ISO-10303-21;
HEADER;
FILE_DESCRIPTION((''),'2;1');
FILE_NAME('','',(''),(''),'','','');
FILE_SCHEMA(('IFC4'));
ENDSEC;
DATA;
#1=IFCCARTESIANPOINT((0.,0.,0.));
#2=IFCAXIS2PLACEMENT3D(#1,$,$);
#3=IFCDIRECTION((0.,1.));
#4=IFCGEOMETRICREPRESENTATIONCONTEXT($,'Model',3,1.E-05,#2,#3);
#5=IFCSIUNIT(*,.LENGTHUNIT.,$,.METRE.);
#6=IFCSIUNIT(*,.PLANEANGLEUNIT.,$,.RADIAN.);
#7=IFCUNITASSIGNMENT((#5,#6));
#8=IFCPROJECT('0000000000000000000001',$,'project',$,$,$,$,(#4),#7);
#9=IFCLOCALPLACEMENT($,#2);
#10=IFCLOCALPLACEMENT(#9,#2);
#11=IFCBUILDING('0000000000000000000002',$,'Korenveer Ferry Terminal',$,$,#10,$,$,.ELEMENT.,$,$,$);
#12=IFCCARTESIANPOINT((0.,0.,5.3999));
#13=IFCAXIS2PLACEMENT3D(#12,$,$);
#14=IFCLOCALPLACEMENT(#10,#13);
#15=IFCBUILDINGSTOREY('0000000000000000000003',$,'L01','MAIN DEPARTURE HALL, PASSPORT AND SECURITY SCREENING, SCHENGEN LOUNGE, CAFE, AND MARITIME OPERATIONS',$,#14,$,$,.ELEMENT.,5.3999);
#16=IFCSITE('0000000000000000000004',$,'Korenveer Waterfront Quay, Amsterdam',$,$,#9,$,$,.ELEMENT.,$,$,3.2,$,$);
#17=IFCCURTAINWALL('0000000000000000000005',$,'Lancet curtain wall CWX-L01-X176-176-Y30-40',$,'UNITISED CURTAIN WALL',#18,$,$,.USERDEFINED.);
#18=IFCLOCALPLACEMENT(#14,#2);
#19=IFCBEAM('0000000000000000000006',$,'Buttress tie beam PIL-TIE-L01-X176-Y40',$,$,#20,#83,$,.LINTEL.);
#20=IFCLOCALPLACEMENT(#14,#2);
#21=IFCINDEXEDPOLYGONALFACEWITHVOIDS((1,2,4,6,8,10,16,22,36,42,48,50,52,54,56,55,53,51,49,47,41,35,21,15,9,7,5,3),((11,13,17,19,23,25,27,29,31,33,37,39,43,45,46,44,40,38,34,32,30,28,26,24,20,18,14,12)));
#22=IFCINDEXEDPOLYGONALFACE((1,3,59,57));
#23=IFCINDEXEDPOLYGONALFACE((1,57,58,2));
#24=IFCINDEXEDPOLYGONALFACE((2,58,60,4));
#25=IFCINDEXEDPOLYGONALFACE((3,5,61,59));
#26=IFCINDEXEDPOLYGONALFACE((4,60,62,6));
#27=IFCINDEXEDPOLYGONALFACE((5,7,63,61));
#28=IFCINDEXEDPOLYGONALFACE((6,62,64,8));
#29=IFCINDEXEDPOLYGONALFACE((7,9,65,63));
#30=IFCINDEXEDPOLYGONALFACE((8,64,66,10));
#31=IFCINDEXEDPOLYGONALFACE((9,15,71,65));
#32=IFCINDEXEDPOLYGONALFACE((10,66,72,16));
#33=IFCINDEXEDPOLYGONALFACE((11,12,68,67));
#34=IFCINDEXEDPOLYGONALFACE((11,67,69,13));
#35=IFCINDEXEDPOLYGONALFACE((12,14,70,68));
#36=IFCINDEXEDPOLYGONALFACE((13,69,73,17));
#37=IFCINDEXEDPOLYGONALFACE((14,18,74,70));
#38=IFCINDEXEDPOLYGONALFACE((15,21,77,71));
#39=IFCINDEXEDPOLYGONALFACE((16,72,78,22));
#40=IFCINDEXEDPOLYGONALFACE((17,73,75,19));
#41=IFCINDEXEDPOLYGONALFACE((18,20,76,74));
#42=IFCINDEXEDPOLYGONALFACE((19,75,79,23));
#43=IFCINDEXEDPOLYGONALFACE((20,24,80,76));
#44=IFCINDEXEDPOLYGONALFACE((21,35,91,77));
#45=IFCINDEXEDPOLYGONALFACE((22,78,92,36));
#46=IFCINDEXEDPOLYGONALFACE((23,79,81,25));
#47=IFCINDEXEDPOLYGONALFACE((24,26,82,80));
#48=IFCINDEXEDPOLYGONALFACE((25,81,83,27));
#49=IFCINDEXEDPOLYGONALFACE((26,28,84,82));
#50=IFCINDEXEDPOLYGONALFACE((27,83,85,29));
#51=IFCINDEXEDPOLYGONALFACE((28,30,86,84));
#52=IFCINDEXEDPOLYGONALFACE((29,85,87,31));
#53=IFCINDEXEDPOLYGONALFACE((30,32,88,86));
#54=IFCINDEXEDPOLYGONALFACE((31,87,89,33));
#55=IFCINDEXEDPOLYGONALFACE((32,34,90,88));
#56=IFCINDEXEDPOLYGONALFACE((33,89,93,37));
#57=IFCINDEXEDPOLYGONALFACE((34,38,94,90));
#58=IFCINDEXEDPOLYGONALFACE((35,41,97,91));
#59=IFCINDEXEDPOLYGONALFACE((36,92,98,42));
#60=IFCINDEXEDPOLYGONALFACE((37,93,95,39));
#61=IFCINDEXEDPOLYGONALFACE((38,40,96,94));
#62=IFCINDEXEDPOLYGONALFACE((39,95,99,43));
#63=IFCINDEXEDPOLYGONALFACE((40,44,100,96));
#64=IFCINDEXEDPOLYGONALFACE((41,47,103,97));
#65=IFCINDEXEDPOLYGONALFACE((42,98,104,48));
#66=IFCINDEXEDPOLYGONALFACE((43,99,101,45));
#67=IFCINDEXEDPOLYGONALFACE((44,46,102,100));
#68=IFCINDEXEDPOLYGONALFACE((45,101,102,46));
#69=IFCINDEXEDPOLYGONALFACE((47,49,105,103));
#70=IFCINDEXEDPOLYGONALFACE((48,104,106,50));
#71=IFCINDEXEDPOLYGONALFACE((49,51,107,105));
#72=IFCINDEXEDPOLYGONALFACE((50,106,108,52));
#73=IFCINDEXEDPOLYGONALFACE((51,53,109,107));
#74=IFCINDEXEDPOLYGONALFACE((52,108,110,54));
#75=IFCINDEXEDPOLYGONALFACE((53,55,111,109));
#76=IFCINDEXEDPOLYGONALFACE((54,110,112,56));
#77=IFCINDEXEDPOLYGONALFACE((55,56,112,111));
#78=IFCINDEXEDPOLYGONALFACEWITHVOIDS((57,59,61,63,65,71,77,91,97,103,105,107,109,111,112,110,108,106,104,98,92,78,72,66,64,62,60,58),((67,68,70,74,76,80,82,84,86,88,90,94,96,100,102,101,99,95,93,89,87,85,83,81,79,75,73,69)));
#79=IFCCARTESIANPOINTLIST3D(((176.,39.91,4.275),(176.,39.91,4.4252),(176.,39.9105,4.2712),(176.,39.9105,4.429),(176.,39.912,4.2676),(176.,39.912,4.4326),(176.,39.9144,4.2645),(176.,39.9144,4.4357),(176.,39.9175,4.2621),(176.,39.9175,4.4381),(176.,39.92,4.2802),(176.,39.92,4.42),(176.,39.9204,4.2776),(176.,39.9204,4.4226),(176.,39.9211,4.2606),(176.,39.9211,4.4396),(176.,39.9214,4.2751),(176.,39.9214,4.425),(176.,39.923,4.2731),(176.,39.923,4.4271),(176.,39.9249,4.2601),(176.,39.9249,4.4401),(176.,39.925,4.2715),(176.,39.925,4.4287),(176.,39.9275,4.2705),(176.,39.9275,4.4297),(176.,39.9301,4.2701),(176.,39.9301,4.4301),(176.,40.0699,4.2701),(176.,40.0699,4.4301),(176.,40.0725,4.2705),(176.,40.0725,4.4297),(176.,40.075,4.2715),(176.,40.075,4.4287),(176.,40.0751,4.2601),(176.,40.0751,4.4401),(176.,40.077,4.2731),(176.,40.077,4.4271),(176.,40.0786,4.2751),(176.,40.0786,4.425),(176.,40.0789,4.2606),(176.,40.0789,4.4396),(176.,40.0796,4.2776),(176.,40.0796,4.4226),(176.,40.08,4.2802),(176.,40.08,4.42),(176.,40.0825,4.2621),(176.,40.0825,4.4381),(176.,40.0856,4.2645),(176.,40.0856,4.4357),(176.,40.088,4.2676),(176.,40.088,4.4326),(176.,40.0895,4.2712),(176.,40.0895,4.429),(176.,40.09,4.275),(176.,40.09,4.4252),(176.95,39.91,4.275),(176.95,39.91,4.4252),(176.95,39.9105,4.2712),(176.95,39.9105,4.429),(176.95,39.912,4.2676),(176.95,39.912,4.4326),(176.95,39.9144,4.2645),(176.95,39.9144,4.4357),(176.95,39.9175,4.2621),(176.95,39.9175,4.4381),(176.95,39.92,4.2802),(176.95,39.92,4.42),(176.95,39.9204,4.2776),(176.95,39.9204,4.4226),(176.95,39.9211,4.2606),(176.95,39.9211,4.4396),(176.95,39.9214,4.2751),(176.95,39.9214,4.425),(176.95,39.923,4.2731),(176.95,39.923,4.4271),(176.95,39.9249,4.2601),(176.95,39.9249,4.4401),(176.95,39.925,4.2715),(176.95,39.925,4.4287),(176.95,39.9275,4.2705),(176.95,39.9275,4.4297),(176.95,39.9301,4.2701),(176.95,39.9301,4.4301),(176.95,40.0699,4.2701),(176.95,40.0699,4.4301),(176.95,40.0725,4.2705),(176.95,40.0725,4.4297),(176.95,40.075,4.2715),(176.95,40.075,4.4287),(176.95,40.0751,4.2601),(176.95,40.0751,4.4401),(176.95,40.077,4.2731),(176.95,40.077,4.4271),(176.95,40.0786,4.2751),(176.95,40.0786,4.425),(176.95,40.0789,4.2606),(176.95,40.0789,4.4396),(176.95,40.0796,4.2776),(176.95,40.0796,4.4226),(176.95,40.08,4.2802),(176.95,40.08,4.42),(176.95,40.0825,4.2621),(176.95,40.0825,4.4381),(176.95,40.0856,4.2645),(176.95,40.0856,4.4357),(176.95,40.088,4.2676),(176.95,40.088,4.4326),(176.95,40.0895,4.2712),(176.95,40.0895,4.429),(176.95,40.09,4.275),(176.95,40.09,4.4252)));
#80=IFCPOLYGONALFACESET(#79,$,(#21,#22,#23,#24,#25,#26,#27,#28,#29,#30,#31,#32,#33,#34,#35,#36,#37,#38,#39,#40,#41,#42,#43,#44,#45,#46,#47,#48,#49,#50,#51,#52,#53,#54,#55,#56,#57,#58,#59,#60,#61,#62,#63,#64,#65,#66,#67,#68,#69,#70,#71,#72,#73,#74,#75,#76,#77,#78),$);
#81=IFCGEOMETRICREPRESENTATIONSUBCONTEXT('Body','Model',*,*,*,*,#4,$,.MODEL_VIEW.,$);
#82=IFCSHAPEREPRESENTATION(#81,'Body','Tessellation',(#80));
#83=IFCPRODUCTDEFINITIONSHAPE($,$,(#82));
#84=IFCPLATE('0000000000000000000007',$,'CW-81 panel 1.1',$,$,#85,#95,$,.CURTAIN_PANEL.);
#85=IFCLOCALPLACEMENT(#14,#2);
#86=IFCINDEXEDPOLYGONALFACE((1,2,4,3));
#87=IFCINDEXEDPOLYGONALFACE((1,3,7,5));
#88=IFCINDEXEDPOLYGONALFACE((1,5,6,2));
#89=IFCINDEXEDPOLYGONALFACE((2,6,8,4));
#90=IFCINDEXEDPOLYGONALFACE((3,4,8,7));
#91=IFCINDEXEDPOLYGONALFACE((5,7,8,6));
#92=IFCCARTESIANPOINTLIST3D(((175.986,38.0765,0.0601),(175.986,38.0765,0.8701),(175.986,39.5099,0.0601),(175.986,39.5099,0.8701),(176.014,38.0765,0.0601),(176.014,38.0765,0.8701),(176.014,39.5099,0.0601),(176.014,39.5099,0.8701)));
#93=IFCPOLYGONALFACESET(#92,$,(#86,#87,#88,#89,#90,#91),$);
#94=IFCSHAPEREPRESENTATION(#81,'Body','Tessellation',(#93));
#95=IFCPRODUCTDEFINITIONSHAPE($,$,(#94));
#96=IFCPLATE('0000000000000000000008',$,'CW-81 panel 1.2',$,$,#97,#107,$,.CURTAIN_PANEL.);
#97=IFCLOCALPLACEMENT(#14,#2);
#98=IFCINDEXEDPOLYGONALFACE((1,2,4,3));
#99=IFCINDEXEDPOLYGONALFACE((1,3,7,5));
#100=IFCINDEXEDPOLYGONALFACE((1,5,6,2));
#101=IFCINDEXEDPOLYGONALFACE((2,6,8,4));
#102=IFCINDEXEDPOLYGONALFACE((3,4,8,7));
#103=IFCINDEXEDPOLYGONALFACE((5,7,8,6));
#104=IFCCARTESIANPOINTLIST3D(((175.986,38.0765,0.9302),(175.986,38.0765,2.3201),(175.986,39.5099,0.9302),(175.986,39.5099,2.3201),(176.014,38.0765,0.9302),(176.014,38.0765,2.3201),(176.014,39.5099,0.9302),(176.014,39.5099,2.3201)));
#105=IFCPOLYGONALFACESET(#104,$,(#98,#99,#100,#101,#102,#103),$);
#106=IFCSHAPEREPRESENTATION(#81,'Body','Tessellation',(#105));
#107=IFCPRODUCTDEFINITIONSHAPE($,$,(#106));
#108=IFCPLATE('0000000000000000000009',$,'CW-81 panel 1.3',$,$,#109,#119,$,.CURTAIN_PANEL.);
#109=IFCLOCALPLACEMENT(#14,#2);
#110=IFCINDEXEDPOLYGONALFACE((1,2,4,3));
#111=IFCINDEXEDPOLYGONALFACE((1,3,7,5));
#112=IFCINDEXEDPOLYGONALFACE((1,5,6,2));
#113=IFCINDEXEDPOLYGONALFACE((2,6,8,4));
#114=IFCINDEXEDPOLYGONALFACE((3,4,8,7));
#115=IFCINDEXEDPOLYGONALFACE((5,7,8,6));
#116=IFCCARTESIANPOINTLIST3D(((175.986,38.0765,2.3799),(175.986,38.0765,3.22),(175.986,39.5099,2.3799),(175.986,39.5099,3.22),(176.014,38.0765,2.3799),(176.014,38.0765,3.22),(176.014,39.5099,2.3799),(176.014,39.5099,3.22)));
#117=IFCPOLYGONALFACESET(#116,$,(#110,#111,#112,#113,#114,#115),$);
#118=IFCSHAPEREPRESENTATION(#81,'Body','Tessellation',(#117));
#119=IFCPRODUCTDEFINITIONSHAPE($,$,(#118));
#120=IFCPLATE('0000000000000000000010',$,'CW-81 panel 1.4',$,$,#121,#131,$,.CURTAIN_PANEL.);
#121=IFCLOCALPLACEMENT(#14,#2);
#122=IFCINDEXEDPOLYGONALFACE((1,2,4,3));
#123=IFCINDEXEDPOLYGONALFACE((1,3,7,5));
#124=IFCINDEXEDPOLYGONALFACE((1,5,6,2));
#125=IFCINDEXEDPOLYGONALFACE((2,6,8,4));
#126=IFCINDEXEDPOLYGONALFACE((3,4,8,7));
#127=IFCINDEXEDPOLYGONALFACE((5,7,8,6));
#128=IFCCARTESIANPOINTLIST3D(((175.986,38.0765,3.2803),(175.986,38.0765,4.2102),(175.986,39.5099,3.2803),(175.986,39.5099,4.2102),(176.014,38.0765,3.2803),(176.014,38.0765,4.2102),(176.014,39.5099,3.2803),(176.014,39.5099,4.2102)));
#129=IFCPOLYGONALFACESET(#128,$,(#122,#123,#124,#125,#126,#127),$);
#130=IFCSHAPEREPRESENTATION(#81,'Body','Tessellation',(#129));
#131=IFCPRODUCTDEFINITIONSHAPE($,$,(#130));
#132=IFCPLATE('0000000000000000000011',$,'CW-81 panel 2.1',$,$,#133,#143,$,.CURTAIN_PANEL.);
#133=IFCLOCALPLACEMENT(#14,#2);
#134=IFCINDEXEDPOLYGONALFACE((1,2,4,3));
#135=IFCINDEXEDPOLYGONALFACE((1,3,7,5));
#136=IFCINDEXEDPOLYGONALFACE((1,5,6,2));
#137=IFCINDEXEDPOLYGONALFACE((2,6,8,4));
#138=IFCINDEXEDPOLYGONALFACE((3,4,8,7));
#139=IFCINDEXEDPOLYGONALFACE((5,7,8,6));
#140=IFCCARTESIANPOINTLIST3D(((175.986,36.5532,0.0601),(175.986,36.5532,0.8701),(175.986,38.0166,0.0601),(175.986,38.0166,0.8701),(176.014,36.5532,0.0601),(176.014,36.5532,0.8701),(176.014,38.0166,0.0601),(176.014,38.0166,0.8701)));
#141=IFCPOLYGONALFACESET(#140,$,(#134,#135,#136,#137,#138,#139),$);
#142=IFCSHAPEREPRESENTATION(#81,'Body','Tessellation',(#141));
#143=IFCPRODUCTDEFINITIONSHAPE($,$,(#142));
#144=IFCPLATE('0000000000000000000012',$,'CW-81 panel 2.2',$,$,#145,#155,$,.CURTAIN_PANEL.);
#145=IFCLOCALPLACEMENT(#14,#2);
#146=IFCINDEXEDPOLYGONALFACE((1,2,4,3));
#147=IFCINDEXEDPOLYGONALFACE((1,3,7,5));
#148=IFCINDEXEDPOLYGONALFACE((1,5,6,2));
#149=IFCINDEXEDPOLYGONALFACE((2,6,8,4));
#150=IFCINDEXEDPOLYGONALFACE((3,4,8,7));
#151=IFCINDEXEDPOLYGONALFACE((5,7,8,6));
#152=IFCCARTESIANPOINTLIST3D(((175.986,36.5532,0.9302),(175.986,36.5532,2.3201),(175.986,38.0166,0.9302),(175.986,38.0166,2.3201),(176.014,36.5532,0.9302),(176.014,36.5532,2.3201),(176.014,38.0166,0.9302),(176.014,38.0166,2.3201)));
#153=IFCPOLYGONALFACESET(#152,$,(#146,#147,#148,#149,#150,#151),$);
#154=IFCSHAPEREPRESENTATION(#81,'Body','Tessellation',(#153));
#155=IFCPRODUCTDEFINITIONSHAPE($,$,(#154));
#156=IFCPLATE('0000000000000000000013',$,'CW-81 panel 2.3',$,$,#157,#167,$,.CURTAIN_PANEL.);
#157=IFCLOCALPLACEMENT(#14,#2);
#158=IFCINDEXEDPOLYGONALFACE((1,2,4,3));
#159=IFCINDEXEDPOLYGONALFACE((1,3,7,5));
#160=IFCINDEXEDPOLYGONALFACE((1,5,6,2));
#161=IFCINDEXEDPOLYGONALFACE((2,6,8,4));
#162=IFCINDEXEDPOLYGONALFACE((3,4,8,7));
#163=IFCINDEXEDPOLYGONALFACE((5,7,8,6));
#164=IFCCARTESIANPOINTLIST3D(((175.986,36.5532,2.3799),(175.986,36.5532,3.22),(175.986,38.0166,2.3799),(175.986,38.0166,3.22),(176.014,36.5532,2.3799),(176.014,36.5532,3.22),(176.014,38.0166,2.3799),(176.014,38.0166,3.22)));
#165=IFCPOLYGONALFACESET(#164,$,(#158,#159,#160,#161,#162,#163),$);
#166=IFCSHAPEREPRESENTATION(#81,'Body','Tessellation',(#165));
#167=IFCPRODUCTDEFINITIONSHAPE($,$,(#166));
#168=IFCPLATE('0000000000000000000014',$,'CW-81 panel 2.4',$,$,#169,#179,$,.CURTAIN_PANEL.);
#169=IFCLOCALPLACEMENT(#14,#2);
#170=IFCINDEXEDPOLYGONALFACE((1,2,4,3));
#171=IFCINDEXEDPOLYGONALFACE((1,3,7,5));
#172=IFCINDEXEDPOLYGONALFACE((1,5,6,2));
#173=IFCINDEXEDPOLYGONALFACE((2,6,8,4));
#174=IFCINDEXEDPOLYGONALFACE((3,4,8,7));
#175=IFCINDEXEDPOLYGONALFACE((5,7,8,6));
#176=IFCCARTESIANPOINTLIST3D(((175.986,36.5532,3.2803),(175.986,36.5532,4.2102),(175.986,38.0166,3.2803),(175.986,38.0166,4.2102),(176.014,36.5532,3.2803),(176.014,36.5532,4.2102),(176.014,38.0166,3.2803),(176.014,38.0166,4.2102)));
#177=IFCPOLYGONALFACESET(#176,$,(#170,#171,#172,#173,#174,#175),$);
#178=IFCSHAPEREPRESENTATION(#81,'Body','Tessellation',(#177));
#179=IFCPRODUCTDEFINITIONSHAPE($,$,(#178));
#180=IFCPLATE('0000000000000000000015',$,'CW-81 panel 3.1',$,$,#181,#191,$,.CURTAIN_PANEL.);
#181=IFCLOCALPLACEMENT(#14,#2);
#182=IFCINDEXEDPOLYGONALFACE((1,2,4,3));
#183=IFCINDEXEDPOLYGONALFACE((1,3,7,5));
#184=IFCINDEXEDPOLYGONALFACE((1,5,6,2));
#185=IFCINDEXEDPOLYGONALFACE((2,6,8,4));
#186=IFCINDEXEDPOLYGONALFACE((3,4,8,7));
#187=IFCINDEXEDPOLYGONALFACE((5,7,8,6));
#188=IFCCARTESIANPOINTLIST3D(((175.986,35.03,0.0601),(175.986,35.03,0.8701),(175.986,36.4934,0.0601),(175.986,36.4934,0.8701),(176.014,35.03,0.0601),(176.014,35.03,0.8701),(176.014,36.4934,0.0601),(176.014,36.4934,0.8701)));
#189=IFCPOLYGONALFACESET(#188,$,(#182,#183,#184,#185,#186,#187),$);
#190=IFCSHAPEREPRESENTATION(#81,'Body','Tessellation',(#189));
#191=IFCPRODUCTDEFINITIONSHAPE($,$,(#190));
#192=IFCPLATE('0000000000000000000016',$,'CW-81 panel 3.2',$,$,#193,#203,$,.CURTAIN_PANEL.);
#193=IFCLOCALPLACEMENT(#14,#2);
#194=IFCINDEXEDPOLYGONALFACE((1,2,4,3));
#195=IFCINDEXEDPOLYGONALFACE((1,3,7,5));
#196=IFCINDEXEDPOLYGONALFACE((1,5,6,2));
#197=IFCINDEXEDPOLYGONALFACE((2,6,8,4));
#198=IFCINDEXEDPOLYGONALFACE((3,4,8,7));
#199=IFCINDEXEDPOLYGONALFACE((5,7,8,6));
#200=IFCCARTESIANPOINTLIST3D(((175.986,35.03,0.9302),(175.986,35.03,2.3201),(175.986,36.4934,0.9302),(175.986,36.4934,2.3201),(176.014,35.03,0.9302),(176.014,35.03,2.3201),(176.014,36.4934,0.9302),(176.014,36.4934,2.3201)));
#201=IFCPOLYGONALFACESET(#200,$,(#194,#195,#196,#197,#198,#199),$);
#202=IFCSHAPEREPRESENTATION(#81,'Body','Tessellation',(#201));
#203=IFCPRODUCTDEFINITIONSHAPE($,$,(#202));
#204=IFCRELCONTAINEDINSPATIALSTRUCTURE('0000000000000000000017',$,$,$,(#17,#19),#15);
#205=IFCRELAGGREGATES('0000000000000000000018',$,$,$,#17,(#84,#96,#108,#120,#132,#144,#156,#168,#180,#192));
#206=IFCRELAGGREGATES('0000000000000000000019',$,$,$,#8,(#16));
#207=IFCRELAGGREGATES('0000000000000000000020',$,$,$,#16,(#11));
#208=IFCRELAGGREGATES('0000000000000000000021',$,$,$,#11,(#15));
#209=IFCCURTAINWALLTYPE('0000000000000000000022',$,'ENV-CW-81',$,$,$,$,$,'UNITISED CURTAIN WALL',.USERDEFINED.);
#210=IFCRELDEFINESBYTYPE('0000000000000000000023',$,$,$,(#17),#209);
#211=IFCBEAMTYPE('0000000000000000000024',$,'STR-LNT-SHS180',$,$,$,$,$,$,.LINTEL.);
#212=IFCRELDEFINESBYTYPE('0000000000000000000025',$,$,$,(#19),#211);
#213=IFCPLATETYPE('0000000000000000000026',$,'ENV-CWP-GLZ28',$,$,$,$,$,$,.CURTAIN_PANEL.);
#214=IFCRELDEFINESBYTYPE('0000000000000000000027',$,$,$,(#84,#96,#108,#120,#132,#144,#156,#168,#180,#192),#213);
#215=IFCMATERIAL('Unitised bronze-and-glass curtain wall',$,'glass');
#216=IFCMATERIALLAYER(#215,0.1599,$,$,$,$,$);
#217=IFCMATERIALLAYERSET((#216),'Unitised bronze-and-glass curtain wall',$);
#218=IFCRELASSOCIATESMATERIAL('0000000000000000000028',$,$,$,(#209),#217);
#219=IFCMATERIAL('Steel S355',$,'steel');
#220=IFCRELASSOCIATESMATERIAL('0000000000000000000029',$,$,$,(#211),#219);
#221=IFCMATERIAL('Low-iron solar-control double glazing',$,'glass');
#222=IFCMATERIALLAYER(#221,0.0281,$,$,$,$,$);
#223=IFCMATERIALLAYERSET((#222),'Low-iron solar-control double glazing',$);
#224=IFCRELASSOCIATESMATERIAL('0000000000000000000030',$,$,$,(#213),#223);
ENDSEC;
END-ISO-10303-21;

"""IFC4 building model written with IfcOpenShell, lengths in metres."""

from ifc_helpers import new_model, si_unit, direction, frame, origin, origin_2d, place, context, subcontext, project, spatial, rectangle, hollow_rectangle, extrude, material, layer, layer_set, material_profile, profile_set, type_object, element, aggregate, save


model = new_model("IFC4")

# Units and contexts
model_context = context("Model", 3, precision=1e-05, world=origin(), true_north=direction((0.0, 1.0)))
body_context = subcontext(model_context, "Body", "Model", "MODEL_VIEW")
ifc_project = project(units=[si_unit("LENGTHUNIT", "METRE"), si_unit("PLANEANGLEUNIT", "RADIAN")], contexts=[model_context])

# Site, building, storey
site_placement = place(None, origin())
site = spatial("IfcSite", under=ifc_project, at=site_placement, Name="Korenveer Waterfront Quay, Amsterdam", CompositionType="ELEMENT", RefElevation=3.2)
building_placement = place(site_placement, origin())
building = spatial("IfcBuilding", under=site, at=building_placement, Name="Korenveer Ferry Terminal", CompositionType="ELEMENT")
storey_placement = place(building_placement, frame((0.0, 0.0, 5.3999)))
storey = spatial("IfcBuildingStorey", under=building, at=storey_placement, Name="L01", Description="MAIN DEPARTURE HALL, PASSPORT AND SECURITY SCREENING, SCHENGEN LOUNGE, CAFE, AND MARITIME OPERATIONS", CompositionType="ELEMENT", Elevation=5.3999)

# Shared definitions
ifc_material_1 = material(Name="Steel S355", Category="steel")

# Curtain wall
ifc_material_2 = material(Name="Unitised bronze-and-glass curtain wall", Category="glass")
ifc_layer_1 = layer(ifc_material_2, 0.1599)
ifc_layer_set_1 = layer_set([ifc_layer_1], Name="Unitised bronze-and-glass curtain wall")
curtain_wall_type = type_object("IfcCurtainWallType", Name="ENV-CW-81", ElementType="UNITISED CURTAIN WALL", PredefinedType="USERDEFINED", material=ifc_layer_set_1)
curtain_wall_placement = place(storey_placement, frame((176.0, 39.5701, 0.0)))
curtain_wall = element("IfcCurtainWall", 1, at=curtain_wall_placement, inside=storey, type_object=curtain_wall_type, Name="Lancet curtain wall CWX-L01-X176-176-Y30-40", ObjectType="UNITISED CURTAIN WALL", PredefinedType="USERDEFINED")

# Beam
ifc_material_profile_1 = material_profile(ifc_material_1, hollow_rectangle(XDim=0.1799, YDim=0.1799, WallThickness=0.01, InnerFilletRadius=0.01, OuterFilletRadius=0.0149, at=origin_2d()), Name="SHS 180x180x10")
ifc_profile_set_1 = profile_set([ifc_material_profile_1], Name="Steel S355")
beam_type = type_object("IfcBeamType", Name="STR-LNT-SHS180", PredefinedType="LINTEL", material=ifc_profile_set_1)
beam_placement = place(storey_placement, frame((176.0, 40.0, 4.3501), z_axis=(1.0, 0.0, 0.0), x_axis=(0.0, 1.0, 0.0)))
element("IfcBeam", 2, at=beam_placement, inside=storey, type_object=beam_type, Name="Buttress tie beam PIL-TIE-L01-X176-Y40", PredefinedType="LINTEL", context=body_context, shape_type="SweptSolid", body=[
    extrude(hollow_rectangle(XDim=0.1799, YDim=0.1799, WallThickness=0.01, InnerFilletRadius=0.01, OuterFilletRadius=0.0149, at=origin_2d()), origin(), (0.0, 0.0, 1.0), 0.95),
])

# Plates
ifc_material_3 = material(Name="Low-iron solar-control double glazing", Category="glass")
ifc_layer_2 = layer(ifc_material_3, 0.0281)
ifc_layer_set_2 = layer_set([ifc_layer_2], Name="Low-iron solar-control double glazing")
plate_type_1 = type_object("IfcPlateType", Name="ENV-CWP-GLZ28", PredefinedType="CURTAIN_PANEL", material=ifc_layer_set_2)
plate_1_placement = place(storey_placement, frame((176.0, 38.7932, 0.0601), z_axis=(0.0, 0.0, 1.0), x_axis=(0.0, -1.0, 0.0)))
plate_1 = element("IfcPlate", 3, at=plate_1_placement, type_object=plate_type_1, Name="CW-81 panel 1.1", PredefinedType="CURTAIN_PANEL", context=body_context, shape_type="SweptSolid", body=[
    extrude(rectangle(XDim=1.4333, YDim=0.0281, at=origin_2d()), origin(), (0.0, 0.0, 1.0), 0.8101),
])
plate_2_placement = place(storey_placement, frame((176.0, 38.7932, 0.9302), z_axis=(0.0, 0.0, 1.0), x_axis=(0.0, -1.0, 0.0)))
plate_2 = element("IfcPlate", 4, at=plate_2_placement, type_object=plate_type_1, Name="CW-81 panel 1.2", PredefinedType="CURTAIN_PANEL", context=body_context, shape_type="SweptSolid", body=[
    extrude(rectangle(XDim=1.4333, YDim=0.0281, at=origin_2d()), origin(), (0.0, 0.0, 1.0), 1.3899),
])
plate_3_placement = place(storey_placement, frame((176.0, 38.7932, 2.3799), z_axis=(0.0, 0.0, 1.0), x_axis=(0.0, -1.0, 0.0)))
plate_3 = element("IfcPlate", 5, at=plate_3_placement, type_object=plate_type_1, Name="CW-81 panel 1.3", PredefinedType="CURTAIN_PANEL", context=body_context, shape_type="SweptSolid", body=[
    extrude(rectangle(XDim=1.4333, YDim=0.0281, at=origin_2d()), origin(), (0.0, 0.0, 1.0), 0.8401),
])
plate_4_placement = place(storey_placement, frame((176.0, 38.7932, 3.2803), z_axis=(0.0, 0.0, 1.0), x_axis=(0.0, -1.0, 0.0)))
plate_4 = element("IfcPlate", 6, at=plate_4_placement, type_object=plate_type_1, Name="CW-81 panel 1.4", PredefinedType="CURTAIN_PANEL", context=body_context, shape_type="SweptSolid", body=[
    extrude(rectangle(XDim=1.4333, YDim=0.0281, at=origin_2d()), origin(), (0.0, 0.0, 1.0), 0.9299),
])
plate_5_placement = place(storey_placement, frame((176.0, 37.2849, 0.0601), z_axis=(0.0, 0.0, 1.0), x_axis=(0.0, -1.0, 0.0)))
plate_5 = element("IfcPlate", 7, at=plate_5_placement, type_object=plate_type_1, Name="CW-81 panel 2.1", PredefinedType="CURTAIN_PANEL", context=body_context, shape_type="SweptSolid", body=[
    extrude(rectangle(XDim=1.4634, YDim=0.0281, at=origin_2d()), origin(), (0.0, 0.0, 1.0), 0.8101),
])
plate_6_placement = place(storey_placement, frame((176.0, 37.2849, 0.9302), z_axis=(0.0, 0.0, 1.0), x_axis=(0.0, -1.0, 0.0)))
plate_6 = element("IfcPlate", 8, at=plate_6_placement, type_object=plate_type_1, Name="CW-81 panel 2.2", PredefinedType="CURTAIN_PANEL", context=body_context, shape_type="SweptSolid", body=[
    extrude(rectangle(XDim=1.4634, YDim=0.0281, at=origin_2d()), origin(), (0.0, 0.0, 1.0), 1.3899),
])
plate_7_placement = place(storey_placement, frame((176.0, 37.2849, 2.3799), z_axis=(0.0, 0.0, 1.0), x_axis=(0.0, -1.0, 0.0)))
plate_7 = element("IfcPlate", 9, at=plate_7_placement, type_object=plate_type_1, Name="CW-81 panel 2.3", PredefinedType="CURTAIN_PANEL", context=body_context, shape_type="SweptSolid", body=[
    extrude(rectangle(XDim=1.4634, YDim=0.0281, at=origin_2d()), origin(), (0.0, 0.0, 1.0), 0.8401),
])
plate_8_placement = place(storey_placement, frame((176.0, 37.2849, 3.2803), z_axis=(0.0, 0.0, 1.0), x_axis=(0.0, -1.0, 0.0)))
plate_8 = element("IfcPlate", 10, at=plate_8_placement, type_object=plate_type_1, Name="CW-81 panel 2.4", PredefinedType="CURTAIN_PANEL", context=body_context, shape_type="SweptSolid", body=[
    extrude(rectangle(XDim=1.4634, YDim=0.0281, at=origin_2d()), origin(), (0.0, 0.0, 1.0), 0.9299),
])
plate_9_placement = place(storey_placement, frame((176.0, 35.7617, 0.0601), z_axis=(0.0, 0.0, 1.0), x_axis=(0.0, -1.0, 0.0)))
plate_9 = element("IfcPlate", 11, at=plate_9_placement, type_object=plate_type_1, Name="CW-81 panel 3.1", PredefinedType="CURTAIN_PANEL", context=body_context, shape_type="SweptSolid", body=[
    extrude(rectangle(XDim=1.4634, YDim=0.0281, at=origin_2d()), origin(), (0.0, 0.0, 1.0), 0.8101),
])
plate_10_placement = place(storey_placement, frame((176.0, 35.7617, 0.9302), z_axis=(0.0, 0.0, 1.0), x_axis=(0.0, -1.0, 0.0)))
plate_10 = element("IfcPlate", 12, at=plate_10_placement, type_object=plate_type_1, Name="CW-81 panel 3.2", PredefinedType="CURTAIN_PANEL", context=body_context, shape_type="SweptSolid", body=[
    extrude(rectangle(XDim=1.4634, YDim=0.0281, at=origin_2d()), origin(), (0.0, 0.0, 1.0), 1.3899),
])
aggregate(curtain_wall, [plate_1, plate_2, plate_3, plate_4, plate_5, plate_6, plate_7, plate_8, plate_9, plate_10])

save(model, "model.ifc")
